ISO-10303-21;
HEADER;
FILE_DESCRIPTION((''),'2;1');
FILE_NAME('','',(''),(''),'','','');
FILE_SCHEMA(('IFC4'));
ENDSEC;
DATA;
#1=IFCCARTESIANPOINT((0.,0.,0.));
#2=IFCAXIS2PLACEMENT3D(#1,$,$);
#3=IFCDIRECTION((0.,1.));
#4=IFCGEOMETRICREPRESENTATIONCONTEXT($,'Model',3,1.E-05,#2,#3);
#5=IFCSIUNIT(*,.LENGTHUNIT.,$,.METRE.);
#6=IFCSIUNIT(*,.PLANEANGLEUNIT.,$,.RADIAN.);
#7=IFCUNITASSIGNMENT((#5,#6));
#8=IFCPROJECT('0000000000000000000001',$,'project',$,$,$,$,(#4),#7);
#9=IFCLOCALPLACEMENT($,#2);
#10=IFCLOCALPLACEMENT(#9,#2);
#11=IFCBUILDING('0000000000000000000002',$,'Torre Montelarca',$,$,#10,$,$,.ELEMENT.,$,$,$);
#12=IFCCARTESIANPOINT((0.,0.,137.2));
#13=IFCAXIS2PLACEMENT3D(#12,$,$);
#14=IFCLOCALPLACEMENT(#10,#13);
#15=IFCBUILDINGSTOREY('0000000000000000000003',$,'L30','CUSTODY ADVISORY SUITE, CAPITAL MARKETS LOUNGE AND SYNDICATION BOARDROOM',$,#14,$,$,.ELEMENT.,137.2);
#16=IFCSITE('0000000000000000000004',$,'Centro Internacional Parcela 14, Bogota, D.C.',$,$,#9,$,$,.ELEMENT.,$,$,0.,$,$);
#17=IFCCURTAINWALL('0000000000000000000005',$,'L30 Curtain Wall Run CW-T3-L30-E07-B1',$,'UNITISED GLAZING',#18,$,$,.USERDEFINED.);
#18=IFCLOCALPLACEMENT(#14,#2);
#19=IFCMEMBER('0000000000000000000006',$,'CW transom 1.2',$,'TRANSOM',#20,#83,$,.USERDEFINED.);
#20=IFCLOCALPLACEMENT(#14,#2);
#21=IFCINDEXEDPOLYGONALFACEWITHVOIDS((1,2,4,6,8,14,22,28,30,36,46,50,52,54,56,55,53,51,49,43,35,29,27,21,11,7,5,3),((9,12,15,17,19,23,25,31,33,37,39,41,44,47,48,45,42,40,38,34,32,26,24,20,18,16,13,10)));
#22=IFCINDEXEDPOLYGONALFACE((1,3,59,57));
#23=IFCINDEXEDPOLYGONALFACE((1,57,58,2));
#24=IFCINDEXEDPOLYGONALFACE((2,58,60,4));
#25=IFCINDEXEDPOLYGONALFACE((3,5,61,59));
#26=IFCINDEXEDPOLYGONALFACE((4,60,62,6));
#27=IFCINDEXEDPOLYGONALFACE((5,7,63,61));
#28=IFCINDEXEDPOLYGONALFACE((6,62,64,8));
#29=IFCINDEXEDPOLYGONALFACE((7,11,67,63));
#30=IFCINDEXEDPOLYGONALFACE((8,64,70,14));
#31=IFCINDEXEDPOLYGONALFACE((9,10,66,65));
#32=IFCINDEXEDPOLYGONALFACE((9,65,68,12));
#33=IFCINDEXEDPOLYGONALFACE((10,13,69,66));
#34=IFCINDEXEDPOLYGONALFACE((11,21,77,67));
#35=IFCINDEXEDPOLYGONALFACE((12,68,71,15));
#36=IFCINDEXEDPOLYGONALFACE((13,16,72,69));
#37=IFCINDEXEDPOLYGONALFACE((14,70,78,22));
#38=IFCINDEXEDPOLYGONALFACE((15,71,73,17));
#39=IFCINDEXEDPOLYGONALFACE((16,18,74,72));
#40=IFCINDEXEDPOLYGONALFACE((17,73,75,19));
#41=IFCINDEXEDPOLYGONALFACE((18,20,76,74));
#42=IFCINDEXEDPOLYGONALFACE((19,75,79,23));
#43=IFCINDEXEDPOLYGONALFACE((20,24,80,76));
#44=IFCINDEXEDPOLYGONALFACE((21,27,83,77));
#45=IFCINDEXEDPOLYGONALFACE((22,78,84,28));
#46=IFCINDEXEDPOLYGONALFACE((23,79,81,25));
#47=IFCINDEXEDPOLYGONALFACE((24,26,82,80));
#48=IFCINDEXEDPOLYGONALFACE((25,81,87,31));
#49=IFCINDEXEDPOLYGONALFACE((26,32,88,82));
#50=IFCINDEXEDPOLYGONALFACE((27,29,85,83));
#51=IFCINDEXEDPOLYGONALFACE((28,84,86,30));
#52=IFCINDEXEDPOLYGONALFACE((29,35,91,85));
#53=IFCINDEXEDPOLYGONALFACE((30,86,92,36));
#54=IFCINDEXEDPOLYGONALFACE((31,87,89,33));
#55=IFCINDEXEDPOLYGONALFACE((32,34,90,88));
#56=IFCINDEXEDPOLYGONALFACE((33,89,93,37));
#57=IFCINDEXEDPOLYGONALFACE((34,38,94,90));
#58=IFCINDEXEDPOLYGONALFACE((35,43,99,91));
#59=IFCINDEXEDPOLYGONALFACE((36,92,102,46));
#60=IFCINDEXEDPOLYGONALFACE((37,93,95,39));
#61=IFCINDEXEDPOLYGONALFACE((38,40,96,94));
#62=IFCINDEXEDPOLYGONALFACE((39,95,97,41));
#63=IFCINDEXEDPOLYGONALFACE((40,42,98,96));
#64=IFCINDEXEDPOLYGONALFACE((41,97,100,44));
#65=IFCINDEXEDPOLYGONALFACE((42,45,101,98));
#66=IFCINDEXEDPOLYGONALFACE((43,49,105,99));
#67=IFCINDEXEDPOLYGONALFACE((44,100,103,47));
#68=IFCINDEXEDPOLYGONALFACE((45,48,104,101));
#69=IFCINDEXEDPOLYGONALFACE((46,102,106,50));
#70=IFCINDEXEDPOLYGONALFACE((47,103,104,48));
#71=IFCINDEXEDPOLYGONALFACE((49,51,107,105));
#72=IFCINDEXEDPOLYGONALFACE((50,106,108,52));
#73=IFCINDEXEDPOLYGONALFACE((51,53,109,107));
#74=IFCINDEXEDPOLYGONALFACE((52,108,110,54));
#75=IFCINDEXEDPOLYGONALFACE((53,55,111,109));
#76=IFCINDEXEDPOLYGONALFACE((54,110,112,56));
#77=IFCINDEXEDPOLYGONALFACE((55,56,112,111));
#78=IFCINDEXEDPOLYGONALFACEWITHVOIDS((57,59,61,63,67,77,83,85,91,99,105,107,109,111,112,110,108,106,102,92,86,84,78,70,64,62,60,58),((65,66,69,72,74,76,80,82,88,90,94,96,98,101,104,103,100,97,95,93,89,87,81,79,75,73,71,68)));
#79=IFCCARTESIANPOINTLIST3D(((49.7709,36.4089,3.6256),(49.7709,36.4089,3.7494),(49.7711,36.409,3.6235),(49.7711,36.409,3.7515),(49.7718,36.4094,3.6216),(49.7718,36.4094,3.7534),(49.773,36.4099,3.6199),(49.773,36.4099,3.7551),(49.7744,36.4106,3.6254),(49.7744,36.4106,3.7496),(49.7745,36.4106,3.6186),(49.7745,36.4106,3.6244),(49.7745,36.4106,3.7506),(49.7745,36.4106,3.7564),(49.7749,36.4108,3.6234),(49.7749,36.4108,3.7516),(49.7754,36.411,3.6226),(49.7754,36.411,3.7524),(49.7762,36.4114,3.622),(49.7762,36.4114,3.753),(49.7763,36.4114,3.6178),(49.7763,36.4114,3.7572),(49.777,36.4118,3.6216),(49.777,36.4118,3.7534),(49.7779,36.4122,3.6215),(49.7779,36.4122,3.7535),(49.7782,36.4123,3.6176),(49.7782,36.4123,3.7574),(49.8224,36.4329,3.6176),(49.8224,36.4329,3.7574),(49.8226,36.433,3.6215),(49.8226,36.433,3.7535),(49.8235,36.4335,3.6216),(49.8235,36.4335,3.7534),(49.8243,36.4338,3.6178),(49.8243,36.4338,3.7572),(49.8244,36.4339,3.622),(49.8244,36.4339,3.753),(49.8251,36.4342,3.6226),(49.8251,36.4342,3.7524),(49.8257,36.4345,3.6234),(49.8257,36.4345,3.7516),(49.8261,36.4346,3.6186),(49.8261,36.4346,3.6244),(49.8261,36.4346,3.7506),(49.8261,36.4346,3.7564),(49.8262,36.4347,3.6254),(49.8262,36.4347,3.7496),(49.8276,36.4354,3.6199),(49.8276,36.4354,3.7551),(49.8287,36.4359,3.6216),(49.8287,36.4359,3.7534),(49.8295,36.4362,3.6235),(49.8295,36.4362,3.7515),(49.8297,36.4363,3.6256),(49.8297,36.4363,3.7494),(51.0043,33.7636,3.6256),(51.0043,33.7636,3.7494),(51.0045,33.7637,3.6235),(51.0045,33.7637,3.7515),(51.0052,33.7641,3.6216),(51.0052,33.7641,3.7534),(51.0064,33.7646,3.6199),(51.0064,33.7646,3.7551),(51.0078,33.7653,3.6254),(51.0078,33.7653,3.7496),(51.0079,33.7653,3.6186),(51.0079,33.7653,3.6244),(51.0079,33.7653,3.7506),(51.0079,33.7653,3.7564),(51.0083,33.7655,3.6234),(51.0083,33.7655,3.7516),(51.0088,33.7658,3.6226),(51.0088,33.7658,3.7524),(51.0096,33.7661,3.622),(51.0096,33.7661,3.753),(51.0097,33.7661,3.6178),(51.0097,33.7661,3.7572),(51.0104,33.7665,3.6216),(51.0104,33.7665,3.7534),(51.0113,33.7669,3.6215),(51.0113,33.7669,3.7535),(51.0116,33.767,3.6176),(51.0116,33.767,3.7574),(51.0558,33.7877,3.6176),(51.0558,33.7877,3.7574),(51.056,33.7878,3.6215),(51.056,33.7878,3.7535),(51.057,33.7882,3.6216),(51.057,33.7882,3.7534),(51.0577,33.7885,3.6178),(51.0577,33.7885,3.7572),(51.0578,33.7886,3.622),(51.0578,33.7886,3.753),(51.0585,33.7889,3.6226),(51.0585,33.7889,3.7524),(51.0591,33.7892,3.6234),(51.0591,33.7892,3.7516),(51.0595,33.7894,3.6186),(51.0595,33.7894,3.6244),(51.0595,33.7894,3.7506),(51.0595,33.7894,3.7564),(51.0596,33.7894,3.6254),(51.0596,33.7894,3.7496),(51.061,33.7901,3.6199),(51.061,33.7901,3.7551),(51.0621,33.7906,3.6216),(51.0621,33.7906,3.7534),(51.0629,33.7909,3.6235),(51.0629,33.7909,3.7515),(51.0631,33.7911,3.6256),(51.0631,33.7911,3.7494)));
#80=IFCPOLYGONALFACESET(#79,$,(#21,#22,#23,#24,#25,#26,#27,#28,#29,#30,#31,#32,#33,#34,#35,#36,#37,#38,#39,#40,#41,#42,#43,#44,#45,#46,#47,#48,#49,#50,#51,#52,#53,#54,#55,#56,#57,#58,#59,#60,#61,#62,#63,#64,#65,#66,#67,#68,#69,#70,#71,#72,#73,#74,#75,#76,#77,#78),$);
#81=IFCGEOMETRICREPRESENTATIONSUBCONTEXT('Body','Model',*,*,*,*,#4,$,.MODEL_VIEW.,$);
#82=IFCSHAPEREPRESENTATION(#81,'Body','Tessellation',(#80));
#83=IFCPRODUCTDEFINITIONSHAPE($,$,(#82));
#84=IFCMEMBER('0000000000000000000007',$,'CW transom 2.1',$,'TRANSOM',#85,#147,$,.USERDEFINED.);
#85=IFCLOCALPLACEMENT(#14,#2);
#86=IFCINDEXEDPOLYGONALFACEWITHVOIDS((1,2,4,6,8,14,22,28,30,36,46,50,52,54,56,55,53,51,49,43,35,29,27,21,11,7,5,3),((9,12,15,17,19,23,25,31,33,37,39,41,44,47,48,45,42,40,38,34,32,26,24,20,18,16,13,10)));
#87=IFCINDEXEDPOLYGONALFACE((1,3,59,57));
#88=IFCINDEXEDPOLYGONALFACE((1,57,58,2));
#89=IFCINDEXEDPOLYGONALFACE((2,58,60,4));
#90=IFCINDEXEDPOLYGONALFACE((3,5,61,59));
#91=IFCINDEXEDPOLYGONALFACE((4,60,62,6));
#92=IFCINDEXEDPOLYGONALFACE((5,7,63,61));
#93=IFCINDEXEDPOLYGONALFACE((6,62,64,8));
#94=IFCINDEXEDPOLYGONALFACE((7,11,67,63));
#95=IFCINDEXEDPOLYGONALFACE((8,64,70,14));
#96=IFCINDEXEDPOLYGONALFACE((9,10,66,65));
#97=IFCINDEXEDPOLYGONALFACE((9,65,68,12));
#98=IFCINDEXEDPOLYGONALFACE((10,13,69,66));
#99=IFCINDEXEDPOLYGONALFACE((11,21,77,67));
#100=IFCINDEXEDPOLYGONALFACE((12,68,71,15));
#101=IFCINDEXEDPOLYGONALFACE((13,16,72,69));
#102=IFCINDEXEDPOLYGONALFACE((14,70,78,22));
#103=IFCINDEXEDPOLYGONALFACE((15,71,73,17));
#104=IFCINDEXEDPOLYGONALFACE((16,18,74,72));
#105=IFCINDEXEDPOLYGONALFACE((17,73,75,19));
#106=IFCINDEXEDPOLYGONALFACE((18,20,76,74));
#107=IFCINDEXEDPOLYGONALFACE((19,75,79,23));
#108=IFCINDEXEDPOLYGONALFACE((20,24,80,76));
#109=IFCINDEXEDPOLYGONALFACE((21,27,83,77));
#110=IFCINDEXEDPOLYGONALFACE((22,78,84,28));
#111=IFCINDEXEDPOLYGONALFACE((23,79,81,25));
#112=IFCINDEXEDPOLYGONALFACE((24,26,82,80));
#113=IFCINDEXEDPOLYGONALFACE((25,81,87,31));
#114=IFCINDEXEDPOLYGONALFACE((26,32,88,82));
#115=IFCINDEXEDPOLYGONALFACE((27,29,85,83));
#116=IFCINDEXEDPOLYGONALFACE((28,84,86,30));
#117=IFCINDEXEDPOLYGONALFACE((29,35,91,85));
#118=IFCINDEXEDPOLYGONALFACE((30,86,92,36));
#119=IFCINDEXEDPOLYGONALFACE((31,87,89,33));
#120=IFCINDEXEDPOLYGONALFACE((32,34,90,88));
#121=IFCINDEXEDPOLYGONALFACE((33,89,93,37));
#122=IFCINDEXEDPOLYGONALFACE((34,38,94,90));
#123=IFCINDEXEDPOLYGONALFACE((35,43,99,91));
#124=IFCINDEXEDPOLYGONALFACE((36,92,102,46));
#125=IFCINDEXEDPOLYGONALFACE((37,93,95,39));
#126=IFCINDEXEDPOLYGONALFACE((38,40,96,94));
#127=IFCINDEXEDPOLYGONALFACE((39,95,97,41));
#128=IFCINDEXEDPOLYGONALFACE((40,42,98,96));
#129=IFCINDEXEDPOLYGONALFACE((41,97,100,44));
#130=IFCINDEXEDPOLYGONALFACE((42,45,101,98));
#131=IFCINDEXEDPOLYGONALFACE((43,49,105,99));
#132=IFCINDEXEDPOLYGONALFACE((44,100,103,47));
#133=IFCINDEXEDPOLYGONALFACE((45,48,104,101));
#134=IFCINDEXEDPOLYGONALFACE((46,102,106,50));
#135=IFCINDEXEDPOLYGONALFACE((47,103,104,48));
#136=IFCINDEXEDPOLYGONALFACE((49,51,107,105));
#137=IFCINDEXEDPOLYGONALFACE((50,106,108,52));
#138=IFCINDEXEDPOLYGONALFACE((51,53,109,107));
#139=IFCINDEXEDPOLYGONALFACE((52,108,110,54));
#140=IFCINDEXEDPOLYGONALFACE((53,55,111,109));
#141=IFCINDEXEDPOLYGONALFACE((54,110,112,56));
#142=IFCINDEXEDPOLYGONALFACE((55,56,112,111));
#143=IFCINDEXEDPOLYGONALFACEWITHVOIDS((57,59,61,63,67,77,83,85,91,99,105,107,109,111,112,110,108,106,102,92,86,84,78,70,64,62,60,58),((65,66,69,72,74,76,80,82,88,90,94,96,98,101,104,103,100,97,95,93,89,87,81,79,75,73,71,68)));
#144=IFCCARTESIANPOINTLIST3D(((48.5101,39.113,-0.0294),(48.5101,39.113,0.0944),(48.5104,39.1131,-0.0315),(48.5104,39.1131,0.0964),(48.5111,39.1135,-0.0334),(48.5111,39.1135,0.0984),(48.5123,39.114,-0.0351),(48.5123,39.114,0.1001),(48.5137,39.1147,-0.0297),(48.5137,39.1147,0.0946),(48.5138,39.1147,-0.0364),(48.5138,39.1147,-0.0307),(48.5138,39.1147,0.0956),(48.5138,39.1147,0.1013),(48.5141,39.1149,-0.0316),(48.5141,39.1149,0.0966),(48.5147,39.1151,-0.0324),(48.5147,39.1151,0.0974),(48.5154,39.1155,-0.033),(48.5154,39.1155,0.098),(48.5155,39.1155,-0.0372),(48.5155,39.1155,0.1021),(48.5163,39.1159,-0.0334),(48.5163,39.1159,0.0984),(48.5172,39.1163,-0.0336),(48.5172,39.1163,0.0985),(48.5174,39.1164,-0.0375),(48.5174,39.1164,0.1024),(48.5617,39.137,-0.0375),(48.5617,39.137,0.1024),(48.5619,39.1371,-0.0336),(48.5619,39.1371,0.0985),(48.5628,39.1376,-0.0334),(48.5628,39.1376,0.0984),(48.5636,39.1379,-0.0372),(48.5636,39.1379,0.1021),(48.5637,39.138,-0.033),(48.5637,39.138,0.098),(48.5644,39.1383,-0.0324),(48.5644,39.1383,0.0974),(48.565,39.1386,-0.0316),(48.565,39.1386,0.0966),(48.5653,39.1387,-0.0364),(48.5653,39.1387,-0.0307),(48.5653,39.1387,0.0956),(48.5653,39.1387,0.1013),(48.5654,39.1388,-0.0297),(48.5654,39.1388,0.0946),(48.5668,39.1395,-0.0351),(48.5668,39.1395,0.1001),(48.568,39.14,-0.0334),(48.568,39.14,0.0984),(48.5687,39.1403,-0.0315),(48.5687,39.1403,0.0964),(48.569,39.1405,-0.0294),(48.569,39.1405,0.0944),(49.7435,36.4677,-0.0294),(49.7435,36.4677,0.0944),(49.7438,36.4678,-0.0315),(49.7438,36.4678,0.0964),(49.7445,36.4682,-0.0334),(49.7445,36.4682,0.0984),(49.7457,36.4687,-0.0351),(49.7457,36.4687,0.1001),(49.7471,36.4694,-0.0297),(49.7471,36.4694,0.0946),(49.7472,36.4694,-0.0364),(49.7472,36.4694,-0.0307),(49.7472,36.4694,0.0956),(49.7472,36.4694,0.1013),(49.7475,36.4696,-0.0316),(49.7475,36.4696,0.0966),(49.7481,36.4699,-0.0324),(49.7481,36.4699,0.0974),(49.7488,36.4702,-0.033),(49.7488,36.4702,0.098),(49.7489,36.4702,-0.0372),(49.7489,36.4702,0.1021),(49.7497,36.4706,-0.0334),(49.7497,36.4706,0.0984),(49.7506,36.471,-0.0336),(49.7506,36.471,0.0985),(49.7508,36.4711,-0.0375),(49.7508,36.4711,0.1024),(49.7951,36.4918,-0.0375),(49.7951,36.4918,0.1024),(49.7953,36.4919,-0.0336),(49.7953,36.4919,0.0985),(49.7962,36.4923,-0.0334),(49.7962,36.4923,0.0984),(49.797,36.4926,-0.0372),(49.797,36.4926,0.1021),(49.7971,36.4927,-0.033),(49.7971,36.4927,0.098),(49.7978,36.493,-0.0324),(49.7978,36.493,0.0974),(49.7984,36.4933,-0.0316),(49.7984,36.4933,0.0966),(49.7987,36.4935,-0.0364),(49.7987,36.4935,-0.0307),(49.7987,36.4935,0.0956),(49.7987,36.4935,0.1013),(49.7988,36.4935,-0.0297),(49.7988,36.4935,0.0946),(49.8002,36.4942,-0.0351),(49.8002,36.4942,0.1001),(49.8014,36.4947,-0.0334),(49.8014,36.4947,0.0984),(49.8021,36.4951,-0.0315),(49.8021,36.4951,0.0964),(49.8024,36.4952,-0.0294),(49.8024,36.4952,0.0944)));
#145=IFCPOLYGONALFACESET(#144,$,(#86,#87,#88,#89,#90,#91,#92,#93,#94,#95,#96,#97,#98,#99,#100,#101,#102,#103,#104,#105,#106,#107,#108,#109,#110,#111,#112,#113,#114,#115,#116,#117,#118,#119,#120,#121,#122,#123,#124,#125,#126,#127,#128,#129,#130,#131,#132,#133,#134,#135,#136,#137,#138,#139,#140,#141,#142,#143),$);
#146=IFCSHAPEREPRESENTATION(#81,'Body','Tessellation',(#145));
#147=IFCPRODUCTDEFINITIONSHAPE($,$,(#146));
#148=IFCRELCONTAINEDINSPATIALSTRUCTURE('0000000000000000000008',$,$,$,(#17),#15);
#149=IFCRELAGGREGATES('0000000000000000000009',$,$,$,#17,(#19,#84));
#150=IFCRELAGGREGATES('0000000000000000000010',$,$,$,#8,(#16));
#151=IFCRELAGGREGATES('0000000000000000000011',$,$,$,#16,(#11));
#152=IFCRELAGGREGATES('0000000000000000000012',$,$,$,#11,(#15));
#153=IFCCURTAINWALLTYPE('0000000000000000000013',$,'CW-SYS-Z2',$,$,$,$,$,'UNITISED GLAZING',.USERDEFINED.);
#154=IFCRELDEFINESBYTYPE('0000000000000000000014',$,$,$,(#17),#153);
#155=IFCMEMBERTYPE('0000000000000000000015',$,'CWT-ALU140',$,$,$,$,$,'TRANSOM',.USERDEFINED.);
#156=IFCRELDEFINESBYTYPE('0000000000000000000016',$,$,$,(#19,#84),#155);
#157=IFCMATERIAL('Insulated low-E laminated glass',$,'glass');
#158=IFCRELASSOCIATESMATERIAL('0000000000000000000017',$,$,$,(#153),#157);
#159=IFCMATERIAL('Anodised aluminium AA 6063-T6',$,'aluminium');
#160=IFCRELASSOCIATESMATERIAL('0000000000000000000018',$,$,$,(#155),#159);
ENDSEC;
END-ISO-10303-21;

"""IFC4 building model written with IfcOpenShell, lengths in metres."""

from ifc_helpers import new_model, si_unit, direction, frame, origin, origin_2d, place, context, subcontext, project, spatial, hollow_rectangle, extrude, source, transform, mapped, material, material_profile, profile_set, type_object, element, aggregate, save


model = new_model("IFC4")

# Units and contexts
model_context = context("Model", 3, precision=1e-05, world=origin(), true_north=direction((0.0, 1.0)))
body_context = subcontext(model_context, "Body", "Model", "MODEL_VIEW")
ifc_project = project(units=[si_unit("LENGTHUNIT", "METRE"), si_unit("PLANEANGLEUNIT", "RADIAN")], contexts=[model_context])

# Site, building, storey
site_placement = place(None, origin())
site = spatial("IfcSite", under=ifc_project, at=site_placement, Name="Centro Internacional Parcela 14, Bogota, D.C.", CompositionType="ELEMENT", RefElevation=0.0)
building_placement = place(site_placement, origin())
building = spatial("IfcBuilding", under=site, at=building_placement, Name="Torre Montelarca", CompositionType="ELEMENT")
storey_placement = place(building_placement, frame((0.0, 0.0, 137.2)))
storey = spatial("IfcBuildingStorey", under=building, at=storey_placement, Name="L30", Description="CUSTODY ADVISORY SUITE, CAPITAL MARKETS LOUNGE AND SYNDICATION BOARDROOM", CompositionType="ELEMENT", Elevation=137.2)

# Curtain wall, members
ifc_material_1 = material(Name="Insulated low-E laminated glass", Category="glass")
curtain_wall_type = type_object("IfcCurtainWallType", Name="CW-SYS-Z2", ElementType="UNITISED GLAZING", PredefinedType="USERDEFINED", material=ifc_material_1)
curtain_wall_1_placement = place(storey_placement, origin())
curtain_wall_1 = element("IfcCurtainWall", 1, at=curtain_wall_1_placement, inside=storey, type_object=curtain_wall_type, Name="L30 Curtain Wall Run CW-T3-L30-E07-B1", ObjectType="UNITISED GLAZING", PredefinedType="USERDEFINED")
ifc_material_2 = material(Name="Anodised aluminium AA 6063-T6", Category="aluminium")
ifc_material_profile_1 = material_profile(ifc_material_2, hollow_rectangle(XDim=0.0649, YDim=0.1399, WallThickness=0.0039, InnerFilletRadius=0.0039, OuterFilletRadius=0.0081, at=origin_2d()), Name="ALU65X140X4", Category="aluminium")
ifc_profile_set_1 = profile_set([ifc_material_profile_1], Name="Anodised aluminium AA 6063-T6")
member_type_1 = type_object("IfcMemberType", Name="CWT-ALU140", ElementType="TRANSOM", PredefinedType="USERDEFINED", material=ifc_profile_set_1)
shared_shape_1 = source(origin(), body_context, "Body", "SweptSolid", [
    extrude(hollow_rectangle(XDim=0.0649, YDim=0.1399, WallThickness=0.0039, InnerFilletRadius=0.0039, OuterFilletRadius=0.0081, at=origin_2d()), origin(), (0.0, 0.0, 1.0), 2.9187),
])
member_1_placement = place(storey_placement, frame((51.0337, 33.7773, 3.6875), z_axis=(-0.422588, 0.906322, 0.0), x_axis=(-0.906322, -0.422588, 0.0)))
member_1 = element("IfcMember", 2, at=member_1_placement, type_object=member_type_1, Name="CW transom 1.2", ObjectType="TRANSOM", PredefinedType="USERDEFINED", context=body_context, shape_type="MappedRepresentation", body=[
    mapped(shared_shape_1, transform((0.0, 0.0, 0.0), scale=1.0)),
])
member_2_placement = place(storey_placement, frame((49.7729, 36.4814, 0.0325), z_axis=(-0.422588, 0.906322, 0.0), x_axis=(-0.906322, -0.422588, 0.0)))
member_2 = element("IfcMember", 3, at=member_2_placement, type_object=member_type_1, Name="CW transom 2.1", ObjectType="TRANSOM", PredefinedType="USERDEFINED", context=body_context, shape_type="MappedRepresentation", body=[
    mapped(shared_shape_1, transform((0.0, 0.0, 0.0), scale=1.0)),
])

aggregate(curtain_wall_1, [member_1, member_2])

save(model, "model.ifc")
